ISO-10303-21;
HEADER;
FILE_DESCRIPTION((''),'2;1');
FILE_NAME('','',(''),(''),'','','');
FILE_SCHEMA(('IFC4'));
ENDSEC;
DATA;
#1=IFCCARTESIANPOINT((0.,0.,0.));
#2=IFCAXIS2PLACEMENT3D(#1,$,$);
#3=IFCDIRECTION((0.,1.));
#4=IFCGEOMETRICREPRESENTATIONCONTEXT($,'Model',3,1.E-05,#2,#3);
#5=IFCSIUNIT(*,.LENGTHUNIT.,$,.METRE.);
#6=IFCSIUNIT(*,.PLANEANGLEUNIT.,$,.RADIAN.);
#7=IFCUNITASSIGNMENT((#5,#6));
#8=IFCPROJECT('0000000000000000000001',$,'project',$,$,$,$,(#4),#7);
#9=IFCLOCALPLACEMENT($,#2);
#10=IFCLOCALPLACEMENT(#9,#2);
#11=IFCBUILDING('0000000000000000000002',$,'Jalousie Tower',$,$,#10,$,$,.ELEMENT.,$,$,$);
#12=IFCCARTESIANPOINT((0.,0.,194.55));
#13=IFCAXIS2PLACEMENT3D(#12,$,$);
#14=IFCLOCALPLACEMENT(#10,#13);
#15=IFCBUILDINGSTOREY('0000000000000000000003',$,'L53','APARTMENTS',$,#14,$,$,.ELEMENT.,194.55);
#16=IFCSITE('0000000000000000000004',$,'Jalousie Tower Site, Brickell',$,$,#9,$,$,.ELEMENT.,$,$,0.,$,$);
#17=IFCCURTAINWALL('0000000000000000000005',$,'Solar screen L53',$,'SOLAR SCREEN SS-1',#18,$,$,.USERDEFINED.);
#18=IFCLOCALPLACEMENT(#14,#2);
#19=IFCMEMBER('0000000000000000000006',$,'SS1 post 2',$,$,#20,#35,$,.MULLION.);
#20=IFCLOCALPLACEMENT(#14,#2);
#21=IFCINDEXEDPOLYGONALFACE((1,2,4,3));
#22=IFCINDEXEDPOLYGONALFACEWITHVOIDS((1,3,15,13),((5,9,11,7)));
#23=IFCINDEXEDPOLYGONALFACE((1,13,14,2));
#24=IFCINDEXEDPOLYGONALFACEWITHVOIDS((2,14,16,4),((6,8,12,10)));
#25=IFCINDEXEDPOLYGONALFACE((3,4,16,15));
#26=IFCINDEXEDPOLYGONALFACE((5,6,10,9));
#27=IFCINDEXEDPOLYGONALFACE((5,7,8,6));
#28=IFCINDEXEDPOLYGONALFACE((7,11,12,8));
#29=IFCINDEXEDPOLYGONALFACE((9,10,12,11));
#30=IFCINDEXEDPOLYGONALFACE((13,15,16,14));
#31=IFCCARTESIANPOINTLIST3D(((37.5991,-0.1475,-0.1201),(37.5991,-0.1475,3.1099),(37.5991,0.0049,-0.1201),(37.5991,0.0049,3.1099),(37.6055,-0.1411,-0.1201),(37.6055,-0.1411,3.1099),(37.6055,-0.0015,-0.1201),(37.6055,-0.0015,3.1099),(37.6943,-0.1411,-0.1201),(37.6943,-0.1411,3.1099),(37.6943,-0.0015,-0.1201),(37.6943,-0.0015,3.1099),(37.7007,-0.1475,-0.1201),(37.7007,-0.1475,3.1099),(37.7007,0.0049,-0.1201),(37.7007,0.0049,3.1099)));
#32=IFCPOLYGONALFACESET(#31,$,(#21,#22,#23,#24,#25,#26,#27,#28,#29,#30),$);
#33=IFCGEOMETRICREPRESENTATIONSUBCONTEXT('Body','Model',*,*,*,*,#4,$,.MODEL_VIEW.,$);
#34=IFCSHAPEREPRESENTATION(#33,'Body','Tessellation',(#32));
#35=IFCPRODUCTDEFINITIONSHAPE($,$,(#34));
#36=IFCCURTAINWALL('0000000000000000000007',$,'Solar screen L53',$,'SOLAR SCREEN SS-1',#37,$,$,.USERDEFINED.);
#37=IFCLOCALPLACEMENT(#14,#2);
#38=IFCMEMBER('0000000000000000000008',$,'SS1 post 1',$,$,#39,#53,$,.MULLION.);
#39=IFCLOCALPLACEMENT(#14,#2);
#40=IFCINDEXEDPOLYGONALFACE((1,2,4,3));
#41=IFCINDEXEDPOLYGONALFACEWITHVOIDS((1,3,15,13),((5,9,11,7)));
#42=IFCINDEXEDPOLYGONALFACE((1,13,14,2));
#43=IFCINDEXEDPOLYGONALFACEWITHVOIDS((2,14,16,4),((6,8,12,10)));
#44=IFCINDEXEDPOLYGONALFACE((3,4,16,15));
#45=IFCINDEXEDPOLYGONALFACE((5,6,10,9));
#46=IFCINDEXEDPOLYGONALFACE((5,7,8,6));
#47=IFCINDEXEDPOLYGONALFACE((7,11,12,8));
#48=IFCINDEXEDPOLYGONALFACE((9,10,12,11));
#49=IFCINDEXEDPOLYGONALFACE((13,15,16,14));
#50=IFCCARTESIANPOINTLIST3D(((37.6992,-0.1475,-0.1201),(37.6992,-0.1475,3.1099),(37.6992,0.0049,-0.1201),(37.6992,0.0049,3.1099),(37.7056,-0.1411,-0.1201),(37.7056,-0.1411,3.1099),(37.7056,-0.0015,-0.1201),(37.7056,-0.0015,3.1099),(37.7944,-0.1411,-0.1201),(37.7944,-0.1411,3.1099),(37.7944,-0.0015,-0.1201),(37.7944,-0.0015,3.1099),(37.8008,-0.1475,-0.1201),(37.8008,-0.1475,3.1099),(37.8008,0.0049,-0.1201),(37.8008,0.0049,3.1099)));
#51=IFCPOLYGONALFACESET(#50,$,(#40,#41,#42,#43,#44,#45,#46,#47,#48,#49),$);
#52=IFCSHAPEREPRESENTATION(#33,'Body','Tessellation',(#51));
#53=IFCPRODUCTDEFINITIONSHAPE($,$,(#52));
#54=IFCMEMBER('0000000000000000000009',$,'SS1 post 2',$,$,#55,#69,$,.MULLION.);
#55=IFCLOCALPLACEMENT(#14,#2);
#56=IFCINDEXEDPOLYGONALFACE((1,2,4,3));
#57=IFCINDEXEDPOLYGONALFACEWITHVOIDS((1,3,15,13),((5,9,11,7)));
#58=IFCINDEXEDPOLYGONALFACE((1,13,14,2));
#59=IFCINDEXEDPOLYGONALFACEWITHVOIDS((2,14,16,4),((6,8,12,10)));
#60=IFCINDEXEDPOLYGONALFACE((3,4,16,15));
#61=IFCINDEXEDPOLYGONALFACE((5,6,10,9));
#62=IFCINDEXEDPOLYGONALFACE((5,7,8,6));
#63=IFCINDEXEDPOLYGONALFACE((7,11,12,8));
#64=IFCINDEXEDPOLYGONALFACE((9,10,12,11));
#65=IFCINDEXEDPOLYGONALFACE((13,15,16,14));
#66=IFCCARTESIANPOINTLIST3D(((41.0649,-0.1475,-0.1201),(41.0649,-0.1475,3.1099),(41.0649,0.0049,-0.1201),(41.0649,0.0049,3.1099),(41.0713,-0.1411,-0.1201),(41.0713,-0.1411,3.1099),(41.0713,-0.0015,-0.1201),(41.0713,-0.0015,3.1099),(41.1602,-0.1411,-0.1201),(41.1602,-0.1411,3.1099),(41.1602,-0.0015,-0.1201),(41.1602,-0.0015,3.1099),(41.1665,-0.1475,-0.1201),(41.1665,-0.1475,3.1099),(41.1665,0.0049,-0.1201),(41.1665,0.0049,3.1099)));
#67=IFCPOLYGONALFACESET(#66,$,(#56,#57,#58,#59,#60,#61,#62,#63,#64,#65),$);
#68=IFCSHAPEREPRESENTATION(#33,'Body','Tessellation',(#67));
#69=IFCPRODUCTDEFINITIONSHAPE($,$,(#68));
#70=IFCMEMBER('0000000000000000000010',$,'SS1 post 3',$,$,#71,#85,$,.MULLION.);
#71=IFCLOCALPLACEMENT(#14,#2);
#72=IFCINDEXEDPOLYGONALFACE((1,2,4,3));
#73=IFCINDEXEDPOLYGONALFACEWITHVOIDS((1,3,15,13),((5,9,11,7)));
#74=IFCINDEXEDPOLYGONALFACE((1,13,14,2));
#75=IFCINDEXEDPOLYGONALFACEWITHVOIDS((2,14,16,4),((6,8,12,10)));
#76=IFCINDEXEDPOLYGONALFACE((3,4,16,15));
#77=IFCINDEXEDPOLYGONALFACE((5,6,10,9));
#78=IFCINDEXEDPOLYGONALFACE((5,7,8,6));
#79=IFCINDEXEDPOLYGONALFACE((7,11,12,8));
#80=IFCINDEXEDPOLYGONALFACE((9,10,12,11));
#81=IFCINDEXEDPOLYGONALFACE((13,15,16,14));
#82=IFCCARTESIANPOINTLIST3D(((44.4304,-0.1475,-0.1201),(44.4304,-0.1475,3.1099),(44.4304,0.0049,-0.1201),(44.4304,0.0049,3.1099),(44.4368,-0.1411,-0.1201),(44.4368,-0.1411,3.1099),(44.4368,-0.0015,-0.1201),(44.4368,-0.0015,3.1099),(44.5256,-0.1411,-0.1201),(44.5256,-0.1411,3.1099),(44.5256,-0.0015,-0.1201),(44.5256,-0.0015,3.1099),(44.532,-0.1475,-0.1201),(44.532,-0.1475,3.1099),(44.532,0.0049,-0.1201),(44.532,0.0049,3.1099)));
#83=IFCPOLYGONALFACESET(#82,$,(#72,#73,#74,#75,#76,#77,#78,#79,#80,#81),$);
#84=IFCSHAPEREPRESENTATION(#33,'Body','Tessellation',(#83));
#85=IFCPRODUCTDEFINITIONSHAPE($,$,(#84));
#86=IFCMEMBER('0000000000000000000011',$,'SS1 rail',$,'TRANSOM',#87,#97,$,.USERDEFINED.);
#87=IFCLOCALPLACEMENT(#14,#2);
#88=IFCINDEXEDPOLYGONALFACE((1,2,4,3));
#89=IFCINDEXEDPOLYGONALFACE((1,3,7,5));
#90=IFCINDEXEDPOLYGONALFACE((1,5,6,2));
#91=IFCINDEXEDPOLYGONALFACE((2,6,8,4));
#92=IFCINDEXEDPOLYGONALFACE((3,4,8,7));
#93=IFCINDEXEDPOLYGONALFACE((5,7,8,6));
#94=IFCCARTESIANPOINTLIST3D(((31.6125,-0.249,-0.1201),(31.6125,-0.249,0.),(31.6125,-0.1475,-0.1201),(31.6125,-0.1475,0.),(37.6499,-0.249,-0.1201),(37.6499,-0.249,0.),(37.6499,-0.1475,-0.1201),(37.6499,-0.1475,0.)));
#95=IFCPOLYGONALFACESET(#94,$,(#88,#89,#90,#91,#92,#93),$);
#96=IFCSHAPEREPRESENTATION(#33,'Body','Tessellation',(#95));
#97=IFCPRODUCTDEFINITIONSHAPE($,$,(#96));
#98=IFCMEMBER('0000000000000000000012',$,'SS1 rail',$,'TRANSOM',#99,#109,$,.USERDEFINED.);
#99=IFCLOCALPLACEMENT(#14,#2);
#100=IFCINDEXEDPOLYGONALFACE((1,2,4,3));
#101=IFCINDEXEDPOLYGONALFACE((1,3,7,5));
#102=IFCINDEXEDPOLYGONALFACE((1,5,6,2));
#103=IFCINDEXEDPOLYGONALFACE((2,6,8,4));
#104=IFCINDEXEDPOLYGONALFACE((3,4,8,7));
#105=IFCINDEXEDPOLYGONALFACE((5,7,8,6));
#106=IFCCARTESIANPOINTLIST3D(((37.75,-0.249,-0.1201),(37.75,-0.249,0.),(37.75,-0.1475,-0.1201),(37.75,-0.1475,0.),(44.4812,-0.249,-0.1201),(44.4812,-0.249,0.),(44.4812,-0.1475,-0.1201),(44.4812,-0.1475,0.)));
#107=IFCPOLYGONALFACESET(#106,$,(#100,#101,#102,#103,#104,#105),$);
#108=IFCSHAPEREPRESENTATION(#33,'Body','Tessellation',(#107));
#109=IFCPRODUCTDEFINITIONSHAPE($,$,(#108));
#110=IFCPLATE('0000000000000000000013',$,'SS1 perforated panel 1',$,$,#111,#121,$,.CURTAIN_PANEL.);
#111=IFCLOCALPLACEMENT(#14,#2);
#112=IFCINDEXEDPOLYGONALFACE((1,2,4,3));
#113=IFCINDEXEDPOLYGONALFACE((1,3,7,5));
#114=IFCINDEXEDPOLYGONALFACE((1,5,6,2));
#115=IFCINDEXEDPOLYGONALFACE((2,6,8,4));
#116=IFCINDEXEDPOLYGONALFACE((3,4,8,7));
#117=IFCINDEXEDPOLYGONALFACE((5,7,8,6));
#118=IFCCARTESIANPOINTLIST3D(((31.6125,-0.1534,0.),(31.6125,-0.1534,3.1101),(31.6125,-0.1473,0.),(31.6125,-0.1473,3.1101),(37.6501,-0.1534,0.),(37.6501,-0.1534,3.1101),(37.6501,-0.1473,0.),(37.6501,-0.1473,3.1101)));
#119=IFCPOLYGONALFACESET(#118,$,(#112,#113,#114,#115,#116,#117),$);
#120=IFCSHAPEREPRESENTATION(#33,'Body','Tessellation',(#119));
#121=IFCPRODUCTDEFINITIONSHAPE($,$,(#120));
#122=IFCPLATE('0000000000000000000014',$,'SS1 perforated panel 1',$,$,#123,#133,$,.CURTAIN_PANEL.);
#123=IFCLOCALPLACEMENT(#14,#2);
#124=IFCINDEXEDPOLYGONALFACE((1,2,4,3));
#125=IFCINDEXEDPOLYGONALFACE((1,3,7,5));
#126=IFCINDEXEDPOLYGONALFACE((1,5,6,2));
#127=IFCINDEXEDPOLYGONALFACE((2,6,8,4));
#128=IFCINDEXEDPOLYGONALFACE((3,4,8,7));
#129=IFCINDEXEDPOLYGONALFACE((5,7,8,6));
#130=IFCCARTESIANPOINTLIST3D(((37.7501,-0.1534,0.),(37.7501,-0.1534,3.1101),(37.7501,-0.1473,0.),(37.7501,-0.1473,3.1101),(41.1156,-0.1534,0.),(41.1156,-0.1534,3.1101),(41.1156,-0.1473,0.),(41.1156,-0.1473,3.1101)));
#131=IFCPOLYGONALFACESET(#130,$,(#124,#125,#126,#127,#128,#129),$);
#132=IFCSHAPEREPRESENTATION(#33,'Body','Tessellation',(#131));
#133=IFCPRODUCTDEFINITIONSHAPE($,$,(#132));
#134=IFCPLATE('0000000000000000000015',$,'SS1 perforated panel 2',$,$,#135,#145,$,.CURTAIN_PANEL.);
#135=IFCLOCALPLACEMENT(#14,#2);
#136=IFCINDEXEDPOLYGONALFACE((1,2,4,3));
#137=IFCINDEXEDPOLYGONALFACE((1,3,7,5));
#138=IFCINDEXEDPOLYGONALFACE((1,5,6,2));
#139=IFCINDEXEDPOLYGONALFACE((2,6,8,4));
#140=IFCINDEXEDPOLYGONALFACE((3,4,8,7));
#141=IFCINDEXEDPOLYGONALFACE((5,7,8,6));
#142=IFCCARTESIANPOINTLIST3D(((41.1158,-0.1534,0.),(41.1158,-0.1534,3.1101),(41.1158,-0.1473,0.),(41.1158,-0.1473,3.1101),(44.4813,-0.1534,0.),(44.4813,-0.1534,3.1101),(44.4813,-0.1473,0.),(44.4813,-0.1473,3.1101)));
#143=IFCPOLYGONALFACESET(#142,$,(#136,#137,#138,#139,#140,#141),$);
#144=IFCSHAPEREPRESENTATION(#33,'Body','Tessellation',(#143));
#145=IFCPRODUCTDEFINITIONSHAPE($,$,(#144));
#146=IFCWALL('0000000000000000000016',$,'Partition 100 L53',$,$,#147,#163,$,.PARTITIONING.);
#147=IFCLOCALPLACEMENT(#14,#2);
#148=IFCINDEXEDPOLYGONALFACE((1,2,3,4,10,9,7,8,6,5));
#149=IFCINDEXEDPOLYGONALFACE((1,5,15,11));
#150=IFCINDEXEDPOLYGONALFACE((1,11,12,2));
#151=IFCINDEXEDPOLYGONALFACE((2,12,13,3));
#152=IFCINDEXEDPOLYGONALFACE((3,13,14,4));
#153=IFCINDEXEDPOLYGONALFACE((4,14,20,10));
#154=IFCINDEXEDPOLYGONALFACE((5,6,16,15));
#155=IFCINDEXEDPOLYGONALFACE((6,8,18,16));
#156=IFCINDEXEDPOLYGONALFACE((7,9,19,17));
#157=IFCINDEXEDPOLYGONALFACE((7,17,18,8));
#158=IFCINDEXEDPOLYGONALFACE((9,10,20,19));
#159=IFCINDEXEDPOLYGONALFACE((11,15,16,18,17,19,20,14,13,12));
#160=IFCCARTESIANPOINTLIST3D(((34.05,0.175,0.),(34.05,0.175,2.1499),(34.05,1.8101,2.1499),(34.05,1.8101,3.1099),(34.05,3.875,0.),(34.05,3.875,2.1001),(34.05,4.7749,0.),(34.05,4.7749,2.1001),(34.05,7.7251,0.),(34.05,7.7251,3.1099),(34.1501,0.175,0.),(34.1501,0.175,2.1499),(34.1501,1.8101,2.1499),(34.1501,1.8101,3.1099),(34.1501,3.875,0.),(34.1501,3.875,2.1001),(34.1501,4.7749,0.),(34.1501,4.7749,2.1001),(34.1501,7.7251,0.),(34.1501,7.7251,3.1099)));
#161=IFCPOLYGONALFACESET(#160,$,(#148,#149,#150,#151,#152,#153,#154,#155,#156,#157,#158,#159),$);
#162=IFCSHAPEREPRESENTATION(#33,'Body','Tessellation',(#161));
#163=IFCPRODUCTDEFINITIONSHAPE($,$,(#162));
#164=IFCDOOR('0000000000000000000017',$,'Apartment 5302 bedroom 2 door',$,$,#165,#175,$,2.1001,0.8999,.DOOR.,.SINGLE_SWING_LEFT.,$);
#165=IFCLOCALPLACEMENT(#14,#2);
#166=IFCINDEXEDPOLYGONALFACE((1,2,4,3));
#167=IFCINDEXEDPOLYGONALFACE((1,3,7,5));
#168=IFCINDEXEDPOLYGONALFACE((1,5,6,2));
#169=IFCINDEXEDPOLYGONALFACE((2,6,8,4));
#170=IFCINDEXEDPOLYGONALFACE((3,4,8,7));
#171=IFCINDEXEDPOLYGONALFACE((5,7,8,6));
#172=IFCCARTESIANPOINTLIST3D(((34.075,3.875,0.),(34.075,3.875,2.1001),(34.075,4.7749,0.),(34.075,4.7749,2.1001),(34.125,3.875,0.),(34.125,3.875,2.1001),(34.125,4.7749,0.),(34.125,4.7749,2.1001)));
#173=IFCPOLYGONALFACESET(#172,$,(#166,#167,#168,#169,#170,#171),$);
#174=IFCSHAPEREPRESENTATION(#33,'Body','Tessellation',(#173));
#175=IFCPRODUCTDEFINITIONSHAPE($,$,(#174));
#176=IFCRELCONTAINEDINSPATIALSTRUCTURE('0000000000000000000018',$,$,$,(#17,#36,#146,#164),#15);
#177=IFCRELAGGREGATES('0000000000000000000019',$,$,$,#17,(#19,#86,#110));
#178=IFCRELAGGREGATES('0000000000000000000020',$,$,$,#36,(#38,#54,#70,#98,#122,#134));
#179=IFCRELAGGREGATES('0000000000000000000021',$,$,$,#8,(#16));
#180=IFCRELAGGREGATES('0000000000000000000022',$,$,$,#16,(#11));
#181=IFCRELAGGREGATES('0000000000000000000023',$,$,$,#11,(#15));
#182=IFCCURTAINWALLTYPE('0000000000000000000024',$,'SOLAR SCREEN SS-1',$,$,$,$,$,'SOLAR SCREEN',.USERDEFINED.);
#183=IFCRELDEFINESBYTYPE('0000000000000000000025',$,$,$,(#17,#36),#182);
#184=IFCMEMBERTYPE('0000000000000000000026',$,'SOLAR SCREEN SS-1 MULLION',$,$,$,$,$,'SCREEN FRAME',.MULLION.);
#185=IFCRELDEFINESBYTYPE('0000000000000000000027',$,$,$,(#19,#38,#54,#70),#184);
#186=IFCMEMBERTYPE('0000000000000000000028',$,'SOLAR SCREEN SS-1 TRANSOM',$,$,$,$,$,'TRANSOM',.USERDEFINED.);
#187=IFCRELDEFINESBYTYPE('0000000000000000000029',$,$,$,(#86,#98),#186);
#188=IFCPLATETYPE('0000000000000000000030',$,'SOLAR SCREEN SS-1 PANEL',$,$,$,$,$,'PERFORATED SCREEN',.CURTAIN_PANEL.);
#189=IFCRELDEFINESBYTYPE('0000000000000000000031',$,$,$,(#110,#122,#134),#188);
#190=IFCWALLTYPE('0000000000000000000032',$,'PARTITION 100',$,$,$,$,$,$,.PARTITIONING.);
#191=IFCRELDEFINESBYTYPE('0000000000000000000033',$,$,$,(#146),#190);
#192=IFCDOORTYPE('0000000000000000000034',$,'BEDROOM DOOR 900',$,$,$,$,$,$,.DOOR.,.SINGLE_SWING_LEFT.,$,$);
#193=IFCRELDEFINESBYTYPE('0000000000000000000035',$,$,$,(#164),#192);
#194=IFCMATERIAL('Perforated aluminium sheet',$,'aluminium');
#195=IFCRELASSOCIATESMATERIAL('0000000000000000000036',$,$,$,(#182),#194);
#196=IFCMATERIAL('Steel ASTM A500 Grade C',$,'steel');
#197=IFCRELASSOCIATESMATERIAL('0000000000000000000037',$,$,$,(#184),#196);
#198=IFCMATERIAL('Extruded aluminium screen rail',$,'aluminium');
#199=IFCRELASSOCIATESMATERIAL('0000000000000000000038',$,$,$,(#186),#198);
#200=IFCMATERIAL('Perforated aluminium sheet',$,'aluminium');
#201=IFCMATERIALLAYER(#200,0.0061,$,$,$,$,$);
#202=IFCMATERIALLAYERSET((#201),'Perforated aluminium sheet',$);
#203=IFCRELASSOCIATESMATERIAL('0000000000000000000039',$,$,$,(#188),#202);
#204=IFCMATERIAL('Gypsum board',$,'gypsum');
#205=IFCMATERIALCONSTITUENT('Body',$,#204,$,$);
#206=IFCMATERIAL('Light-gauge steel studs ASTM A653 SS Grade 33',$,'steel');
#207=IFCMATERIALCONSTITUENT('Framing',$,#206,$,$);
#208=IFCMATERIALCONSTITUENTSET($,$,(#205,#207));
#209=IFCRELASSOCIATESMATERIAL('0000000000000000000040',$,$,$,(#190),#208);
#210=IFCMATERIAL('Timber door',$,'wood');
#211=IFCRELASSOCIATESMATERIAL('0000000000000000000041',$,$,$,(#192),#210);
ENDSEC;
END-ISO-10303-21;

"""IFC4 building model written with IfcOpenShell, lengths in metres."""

from ifc_helpers import new_model, si_unit, direction, frame, frame_2d, origin, origin_2d, place, context, subcontext, project, spatial, polyline, rectangle, hollow_rectangle, outline, extrude, material, layer, layer_set, constituent, constituent_set, material_profile, profile_set, type_object, element, fill, aggregate, save


model = new_model("IFC4")

# Units and contexts
model_context = context("Model", 3, precision=1e-05, world=origin(), true_north=direction((0.0, 1.0)))
body_context = subcontext(model_context, "Body", "Model", "MODEL_VIEW")
ifc_project = project(units=[si_unit("LENGTHUNIT", "METRE"), si_unit("PLANEANGLEUNIT", "RADIAN")], contexts=[model_context])

# Site, building, storey
site_placement = place(None, origin())
site = spatial("IfcSite", under=ifc_project, at=site_placement, Name="Jalousie Tower Site, Brickell", CompositionType="ELEMENT", RefElevation=0.0)
building_placement = place(site_placement, origin())
building = spatial("IfcBuilding", under=site, at=building_placement, Name="Jalousie Tower", CompositionType="ELEMENT")
storey_placement = place(building_placement, frame((0.0, 0.0, 194.55)))
storey = spatial("IfcBuildingStorey", under=building, at=storey_placement, Name="L53", Description="APARTMENTS", CompositionType="ELEMENT", Elevation=194.55)

# Curtain walls, members
ifc_material_1 = material(Name="Perforated aluminium sheet", Category="aluminium")
curtain_wall_type = type_object("IfcCurtainWallType", Name="SOLAR SCREEN SS-1", ElementType="SOLAR SCREEN", PredefinedType="USERDEFINED", material=ifc_material_1)
curtain_wall_1_placement = place(storey_placement, origin())
curtain_wall_1 = element("IfcCurtainWall", 1, at=curtain_wall_1_placement, inside=storey, type_object=curtain_wall_type, Name="Solar screen L53", ObjectType="SOLAR SCREEN SS-1", PredefinedType="USERDEFINED")
ifc_material_2 = material(Name="Steel ASTM A500 Grade C", Category="steel")
ifc_material_profile_1 = material_profile(ifc_material_2, hollow_rectangle(XDim=0.1016, YDim=0.1523, WallThickness=0.0063, at=origin_2d()), Name="HSS6X4X1/4")
ifc_profile_set_1 = profile_set([ifc_material_profile_1], Name="Steel ASTM A500 Grade C")
member_type_1 = type_object("IfcMemberType", Name="SOLAR SCREEN SS-1 MULLION", ElementType="SCREEN FRAME", PredefinedType="MULLION", material=ifc_profile_set_1)
member_1_placement = place(storey_placement, frame((37.6499, -0.0713, -0.1201), z_axis=(0.0, 0.0, 1.0), x_axis=(1.0, 0.0, 0.0)))
member_1 = element("IfcMember", 2, at=member_1_placement, type_object=member_type_1, Name="SS1 post 2", PredefinedType="MULLION", context=body_context, shape_type="SweptSolid", body=[
    extrude(hollow_rectangle(XDim=0.1016, YDim=0.1523, WallThickness=0.0063, at=origin_2d()), origin(), (0.0, 0.0, 1.0), 3.23),
])
curtain_wall_2_placement = place(storey_placement, origin())
curtain_wall_2 = element("IfcCurtainWall", 3, at=curtain_wall_2_placement, inside=storey, type_object=curtain_wall_type, Name="Solar screen L53", ObjectType="SOLAR SCREEN SS-1", PredefinedType="USERDEFINED")
member_2_placement = place(storey_placement, frame((37.75, -0.0713, -0.1201), z_axis=(0.0, 0.0, 1.0), x_axis=(1.0, 0.0, 0.0)))
member_2 = element("IfcMember", 4, at=member_2_placement, type_object=member_type_1, Name="SS1 post 1", PredefinedType="MULLION", context=body_context, shape_type="SweptSolid", body=[
    extrude(hollow_rectangle(XDim=0.1016, YDim=0.1523, WallThickness=0.0063, at=origin_2d()), origin(), (0.0, 0.0, 1.0), 3.23),
])
member_3_placement = place(storey_placement, frame((41.1157, -0.0713, -0.1201), z_axis=(0.0, 0.0, 1.0), x_axis=(1.0, 0.0, 0.0)))
member_3 = element("IfcMember", 5, at=member_3_placement, type_object=member_type_1, Name="SS1 post 2", PredefinedType="MULLION", context=body_context, shape_type="SweptSolid", body=[
    extrude(hollow_rectangle(XDim=0.1016, YDim=0.1523, WallThickness=0.0063, at=origin_2d()), origin(), (0.0, 0.0, 1.0), 3.23),
])
member_4_placement = place(storey_placement, frame((44.4812, -0.0713, -0.1201), z_axis=(0.0, 0.0, 1.0), x_axis=(1.0, 0.0, 0.0)))
member_4 = element("IfcMember", 6, at=member_4_placement, type_object=member_type_1, Name="SS1 post 3", PredefinedType="MULLION", context=body_context, shape_type="SweptSolid", body=[
    extrude(hollow_rectangle(XDim=0.1016, YDim=0.1523, WallThickness=0.0063, at=origin_2d()), origin(), (0.0, 0.0, 1.0), 3.23),
])

# Members
ifc_material_3 = material(Name="Extruded aluminium screen rail", Category="aluminium")
ifc_material_profile_2 = material_profile(ifc_material_3, rectangle(XDim=0.1016, YDim=0.1201, at=origin_2d()), Name="RAIL 102x120")
ifc_profile_set_2 = profile_set([ifc_material_profile_2], Name="Extruded aluminium screen rail")
member_type_2 = type_object("IfcMemberType", Name="SOLAR SCREEN SS-1 TRANSOM", ElementType="TRANSOM", PredefinedType="USERDEFINED", material=ifc_profile_set_2)
member_5_placement = place(storey_placement, frame((31.6125, -0.1982, -0.0601), z_axis=(1.0, 0.0, 0.0), x_axis=(0.0, 1.0, 0.0)))
member_5 = element("IfcMember", 7, at=member_5_placement, type_object=member_type_2, Name="SS1 rail", ObjectType="TRANSOM", PredefinedType="USERDEFINED", context=body_context, shape_type="SweptSolid", body=[
    extrude(rectangle(XDim=0.1016, YDim=0.1201, at=origin_2d()), origin(), (0.0, 0.0, 1.0), 6.0374),
])
member_6_placement = place(storey_placement, frame((37.75, -0.1982, -0.0601), z_axis=(1.0, 0.0, 0.0), x_axis=(0.0, 1.0, 0.0)))
member_6 = element("IfcMember", 8, at=member_6_placement, type_object=member_type_2, Name="SS1 rail", ObjectType="TRANSOM", PredefinedType="USERDEFINED", context=body_context, shape_type="SweptSolid", body=[
    extrude(rectangle(XDim=0.1016, YDim=0.1201, at=origin_2d()), origin(), (0.0, 0.0, 1.0), 6.7312),
])

# Plates
ifc_material_4 = material(Name="Perforated aluminium sheet", Category="aluminium")
ifc_layer = layer(ifc_material_4, 0.0061)
ifc_layer_set = layer_set([ifc_layer], Name="Perforated aluminium sheet")
plate_type = type_object("IfcPlateType", Name="SOLAR SCREEN SS-1 PANEL", ElementType="PERFORATED SCREEN", PredefinedType="CURTAIN_PANEL", material=ifc_layer_set)
plate_1_placement = place(storey_placement, frame((34.6313, -0.1504, 0.0), z_axis=(0.0, 0.0, 1.0), x_axis=(1.0, 0.0, 0.0)))
plate_1 = element("IfcPlate", 9, at=plate_1_placement, type_object=plate_type, Name="SS1 perforated panel 1", PredefinedType="CURTAIN_PANEL", context=body_context, shape_type="SweptSolid", body=[
    extrude(rectangle(XDim=6.0376, YDim=0.0061, at=origin_2d()), origin(), (0.0, 0.0, 1.0), 3.1101),
])
aggregate(curtain_wall_1, [member_1, member_5, plate_1])
plate_2_placement = place(storey_placement, frame((39.4329, -0.1504, 0.0), z_axis=(0.0, 0.0, 1.0), x_axis=(1.0, 0.0, 0.0)))
plate_2 = element("IfcPlate", 10, at=plate_2_placement, type_object=plate_type, Name="SS1 perforated panel 1", PredefinedType="CURTAIN_PANEL", context=body_context, shape_type="SweptSolid", body=[
    extrude(rectangle(XDim=3.3655, YDim=0.0061, at=origin_2d()), origin(), (0.0, 0.0, 1.0), 3.1101),
])
plate_3_placement = place(storey_placement, frame((42.7986, -0.1504, 0.0), z_axis=(0.0, 0.0, 1.0), x_axis=(1.0, 0.0, 0.0)))
plate_3 = element("IfcPlate", 11, at=plate_3_placement, type_object=plate_type, Name="SS1 perforated panel 2", PredefinedType="CURTAIN_PANEL", context=body_context, shape_type="SweptSolid", body=[
    extrude(rectangle(XDim=3.3655, YDim=0.0061, at=origin_2d()), origin(), (0.0, 0.0, 1.0), 3.1101),
])
aggregate(curtain_wall_2, [member_2, member_3, member_4, member_6, plate_2, plate_3])

# Wall, opening, door
ifc_material_5 = material(Name="Gypsum board", Category="gypsum")
ifc_constituent_1 = constituent(ifc_material_5, Name="Body")
ifc_material_6 = material(Name="Light-gauge steel studs ASTM A653 SS Grade 33", Category="steel")
ifc_constituent_2 = constituent(ifc_material_6, Name="Framing")
ifc_constituent_set_1 = constituent_set(constituents=[ifc_constituent_1, ifc_constituent_2])
wall_type_1 = type_object("IfcWallType", Name="PARTITION 100", PredefinedType="PARTITIONING", material=ifc_constituent_set_1)
wall_1_placement = place(storey_placement, frame((34.1001, 0.175, 0.0), z_axis=(0.0, 0.0, 1.0), x_axis=(0.0, 1.0, 0.0)))
wall_1 = element("IfcWall", 12, at=wall_1_placement, inside=storey, type_object=wall_type_1, Name="Partition 100 L53", PredefinedType="PARTITIONING", context=body_context, shape_type="SweptSolid", body=[
    extrude(outline(polyline([(0.0, 0.0), (7.55, 0.0), (7.55, 3.1099), (1.635, 3.1099), (1.635, 2.1499), (0.0, 2.1499), (0.0, 3.1099), (0.0, 0.0)])), frame((0.0, 0.05, 0.0), z_axis=(0.0, -1.0, 0.0), x_axis=(1.0, 0.0, 0.0)), (0.0, 0.0, 1.0), 0.1001),
])
opening_1_placement = place(wall_1_placement, frame((3.7, 0.0, 0.0)))
opening_1 = element("IfcOpeningElement", 13, at=opening_1_placement, cuts=wall_1, PredefinedType="OPENING", context=body_context, shape_type="SweptSolid", body=[
    extrude(rectangle(XDim=0.8999, YDim=2.1001, at=frame_2d((0.45, 1.05))), frame((0.0, 0.0601, 0.0), z_axis=(0.0, -1.0, 0.0), x_axis=(1.0, 0.0, 0.0)), (0.0, 0.0, 1.0), 0.1201),
])
ifc_material_7 = material(Name="Timber door", Category="wood")
door_type = type_object("IfcDoorType", Name="BEDROOM DOOR 900", OperationType="SINGLE_SWING_LEFT", PredefinedType="DOOR", material=ifc_material_7)
door_1_placement = place(opening_1_placement, frame((0.8999, 0.0, 0.0), z_axis=(0.0, 0.0, 1.0), x_axis=(-1.0, 0.0, 0.0)))
door_1 = element("IfcDoor", 14, at=door_1_placement, inside=storey, type_object=door_type, Name="Apartment 5302 bedroom 2 door", OperationType="SINGLE_SWING_LEFT", OverallHeight=2.1001, OverallWidth=0.8999, PredefinedType="DOOR", context=body_context, shape_type="SweptSolid", body=[
    extrude(rectangle(XDim=0.8999, YDim=2.1001, at=frame_2d((0.45, 1.05))), frame((0.0, 0.0249, 0.0), z_axis=(0.0, -1.0, 0.0), x_axis=(1.0, 0.0, 0.0)), (0.0, 0.0, 1.0), 0.05),
])
fill(opening_1, door_1)

save(model, "model.ifc")
